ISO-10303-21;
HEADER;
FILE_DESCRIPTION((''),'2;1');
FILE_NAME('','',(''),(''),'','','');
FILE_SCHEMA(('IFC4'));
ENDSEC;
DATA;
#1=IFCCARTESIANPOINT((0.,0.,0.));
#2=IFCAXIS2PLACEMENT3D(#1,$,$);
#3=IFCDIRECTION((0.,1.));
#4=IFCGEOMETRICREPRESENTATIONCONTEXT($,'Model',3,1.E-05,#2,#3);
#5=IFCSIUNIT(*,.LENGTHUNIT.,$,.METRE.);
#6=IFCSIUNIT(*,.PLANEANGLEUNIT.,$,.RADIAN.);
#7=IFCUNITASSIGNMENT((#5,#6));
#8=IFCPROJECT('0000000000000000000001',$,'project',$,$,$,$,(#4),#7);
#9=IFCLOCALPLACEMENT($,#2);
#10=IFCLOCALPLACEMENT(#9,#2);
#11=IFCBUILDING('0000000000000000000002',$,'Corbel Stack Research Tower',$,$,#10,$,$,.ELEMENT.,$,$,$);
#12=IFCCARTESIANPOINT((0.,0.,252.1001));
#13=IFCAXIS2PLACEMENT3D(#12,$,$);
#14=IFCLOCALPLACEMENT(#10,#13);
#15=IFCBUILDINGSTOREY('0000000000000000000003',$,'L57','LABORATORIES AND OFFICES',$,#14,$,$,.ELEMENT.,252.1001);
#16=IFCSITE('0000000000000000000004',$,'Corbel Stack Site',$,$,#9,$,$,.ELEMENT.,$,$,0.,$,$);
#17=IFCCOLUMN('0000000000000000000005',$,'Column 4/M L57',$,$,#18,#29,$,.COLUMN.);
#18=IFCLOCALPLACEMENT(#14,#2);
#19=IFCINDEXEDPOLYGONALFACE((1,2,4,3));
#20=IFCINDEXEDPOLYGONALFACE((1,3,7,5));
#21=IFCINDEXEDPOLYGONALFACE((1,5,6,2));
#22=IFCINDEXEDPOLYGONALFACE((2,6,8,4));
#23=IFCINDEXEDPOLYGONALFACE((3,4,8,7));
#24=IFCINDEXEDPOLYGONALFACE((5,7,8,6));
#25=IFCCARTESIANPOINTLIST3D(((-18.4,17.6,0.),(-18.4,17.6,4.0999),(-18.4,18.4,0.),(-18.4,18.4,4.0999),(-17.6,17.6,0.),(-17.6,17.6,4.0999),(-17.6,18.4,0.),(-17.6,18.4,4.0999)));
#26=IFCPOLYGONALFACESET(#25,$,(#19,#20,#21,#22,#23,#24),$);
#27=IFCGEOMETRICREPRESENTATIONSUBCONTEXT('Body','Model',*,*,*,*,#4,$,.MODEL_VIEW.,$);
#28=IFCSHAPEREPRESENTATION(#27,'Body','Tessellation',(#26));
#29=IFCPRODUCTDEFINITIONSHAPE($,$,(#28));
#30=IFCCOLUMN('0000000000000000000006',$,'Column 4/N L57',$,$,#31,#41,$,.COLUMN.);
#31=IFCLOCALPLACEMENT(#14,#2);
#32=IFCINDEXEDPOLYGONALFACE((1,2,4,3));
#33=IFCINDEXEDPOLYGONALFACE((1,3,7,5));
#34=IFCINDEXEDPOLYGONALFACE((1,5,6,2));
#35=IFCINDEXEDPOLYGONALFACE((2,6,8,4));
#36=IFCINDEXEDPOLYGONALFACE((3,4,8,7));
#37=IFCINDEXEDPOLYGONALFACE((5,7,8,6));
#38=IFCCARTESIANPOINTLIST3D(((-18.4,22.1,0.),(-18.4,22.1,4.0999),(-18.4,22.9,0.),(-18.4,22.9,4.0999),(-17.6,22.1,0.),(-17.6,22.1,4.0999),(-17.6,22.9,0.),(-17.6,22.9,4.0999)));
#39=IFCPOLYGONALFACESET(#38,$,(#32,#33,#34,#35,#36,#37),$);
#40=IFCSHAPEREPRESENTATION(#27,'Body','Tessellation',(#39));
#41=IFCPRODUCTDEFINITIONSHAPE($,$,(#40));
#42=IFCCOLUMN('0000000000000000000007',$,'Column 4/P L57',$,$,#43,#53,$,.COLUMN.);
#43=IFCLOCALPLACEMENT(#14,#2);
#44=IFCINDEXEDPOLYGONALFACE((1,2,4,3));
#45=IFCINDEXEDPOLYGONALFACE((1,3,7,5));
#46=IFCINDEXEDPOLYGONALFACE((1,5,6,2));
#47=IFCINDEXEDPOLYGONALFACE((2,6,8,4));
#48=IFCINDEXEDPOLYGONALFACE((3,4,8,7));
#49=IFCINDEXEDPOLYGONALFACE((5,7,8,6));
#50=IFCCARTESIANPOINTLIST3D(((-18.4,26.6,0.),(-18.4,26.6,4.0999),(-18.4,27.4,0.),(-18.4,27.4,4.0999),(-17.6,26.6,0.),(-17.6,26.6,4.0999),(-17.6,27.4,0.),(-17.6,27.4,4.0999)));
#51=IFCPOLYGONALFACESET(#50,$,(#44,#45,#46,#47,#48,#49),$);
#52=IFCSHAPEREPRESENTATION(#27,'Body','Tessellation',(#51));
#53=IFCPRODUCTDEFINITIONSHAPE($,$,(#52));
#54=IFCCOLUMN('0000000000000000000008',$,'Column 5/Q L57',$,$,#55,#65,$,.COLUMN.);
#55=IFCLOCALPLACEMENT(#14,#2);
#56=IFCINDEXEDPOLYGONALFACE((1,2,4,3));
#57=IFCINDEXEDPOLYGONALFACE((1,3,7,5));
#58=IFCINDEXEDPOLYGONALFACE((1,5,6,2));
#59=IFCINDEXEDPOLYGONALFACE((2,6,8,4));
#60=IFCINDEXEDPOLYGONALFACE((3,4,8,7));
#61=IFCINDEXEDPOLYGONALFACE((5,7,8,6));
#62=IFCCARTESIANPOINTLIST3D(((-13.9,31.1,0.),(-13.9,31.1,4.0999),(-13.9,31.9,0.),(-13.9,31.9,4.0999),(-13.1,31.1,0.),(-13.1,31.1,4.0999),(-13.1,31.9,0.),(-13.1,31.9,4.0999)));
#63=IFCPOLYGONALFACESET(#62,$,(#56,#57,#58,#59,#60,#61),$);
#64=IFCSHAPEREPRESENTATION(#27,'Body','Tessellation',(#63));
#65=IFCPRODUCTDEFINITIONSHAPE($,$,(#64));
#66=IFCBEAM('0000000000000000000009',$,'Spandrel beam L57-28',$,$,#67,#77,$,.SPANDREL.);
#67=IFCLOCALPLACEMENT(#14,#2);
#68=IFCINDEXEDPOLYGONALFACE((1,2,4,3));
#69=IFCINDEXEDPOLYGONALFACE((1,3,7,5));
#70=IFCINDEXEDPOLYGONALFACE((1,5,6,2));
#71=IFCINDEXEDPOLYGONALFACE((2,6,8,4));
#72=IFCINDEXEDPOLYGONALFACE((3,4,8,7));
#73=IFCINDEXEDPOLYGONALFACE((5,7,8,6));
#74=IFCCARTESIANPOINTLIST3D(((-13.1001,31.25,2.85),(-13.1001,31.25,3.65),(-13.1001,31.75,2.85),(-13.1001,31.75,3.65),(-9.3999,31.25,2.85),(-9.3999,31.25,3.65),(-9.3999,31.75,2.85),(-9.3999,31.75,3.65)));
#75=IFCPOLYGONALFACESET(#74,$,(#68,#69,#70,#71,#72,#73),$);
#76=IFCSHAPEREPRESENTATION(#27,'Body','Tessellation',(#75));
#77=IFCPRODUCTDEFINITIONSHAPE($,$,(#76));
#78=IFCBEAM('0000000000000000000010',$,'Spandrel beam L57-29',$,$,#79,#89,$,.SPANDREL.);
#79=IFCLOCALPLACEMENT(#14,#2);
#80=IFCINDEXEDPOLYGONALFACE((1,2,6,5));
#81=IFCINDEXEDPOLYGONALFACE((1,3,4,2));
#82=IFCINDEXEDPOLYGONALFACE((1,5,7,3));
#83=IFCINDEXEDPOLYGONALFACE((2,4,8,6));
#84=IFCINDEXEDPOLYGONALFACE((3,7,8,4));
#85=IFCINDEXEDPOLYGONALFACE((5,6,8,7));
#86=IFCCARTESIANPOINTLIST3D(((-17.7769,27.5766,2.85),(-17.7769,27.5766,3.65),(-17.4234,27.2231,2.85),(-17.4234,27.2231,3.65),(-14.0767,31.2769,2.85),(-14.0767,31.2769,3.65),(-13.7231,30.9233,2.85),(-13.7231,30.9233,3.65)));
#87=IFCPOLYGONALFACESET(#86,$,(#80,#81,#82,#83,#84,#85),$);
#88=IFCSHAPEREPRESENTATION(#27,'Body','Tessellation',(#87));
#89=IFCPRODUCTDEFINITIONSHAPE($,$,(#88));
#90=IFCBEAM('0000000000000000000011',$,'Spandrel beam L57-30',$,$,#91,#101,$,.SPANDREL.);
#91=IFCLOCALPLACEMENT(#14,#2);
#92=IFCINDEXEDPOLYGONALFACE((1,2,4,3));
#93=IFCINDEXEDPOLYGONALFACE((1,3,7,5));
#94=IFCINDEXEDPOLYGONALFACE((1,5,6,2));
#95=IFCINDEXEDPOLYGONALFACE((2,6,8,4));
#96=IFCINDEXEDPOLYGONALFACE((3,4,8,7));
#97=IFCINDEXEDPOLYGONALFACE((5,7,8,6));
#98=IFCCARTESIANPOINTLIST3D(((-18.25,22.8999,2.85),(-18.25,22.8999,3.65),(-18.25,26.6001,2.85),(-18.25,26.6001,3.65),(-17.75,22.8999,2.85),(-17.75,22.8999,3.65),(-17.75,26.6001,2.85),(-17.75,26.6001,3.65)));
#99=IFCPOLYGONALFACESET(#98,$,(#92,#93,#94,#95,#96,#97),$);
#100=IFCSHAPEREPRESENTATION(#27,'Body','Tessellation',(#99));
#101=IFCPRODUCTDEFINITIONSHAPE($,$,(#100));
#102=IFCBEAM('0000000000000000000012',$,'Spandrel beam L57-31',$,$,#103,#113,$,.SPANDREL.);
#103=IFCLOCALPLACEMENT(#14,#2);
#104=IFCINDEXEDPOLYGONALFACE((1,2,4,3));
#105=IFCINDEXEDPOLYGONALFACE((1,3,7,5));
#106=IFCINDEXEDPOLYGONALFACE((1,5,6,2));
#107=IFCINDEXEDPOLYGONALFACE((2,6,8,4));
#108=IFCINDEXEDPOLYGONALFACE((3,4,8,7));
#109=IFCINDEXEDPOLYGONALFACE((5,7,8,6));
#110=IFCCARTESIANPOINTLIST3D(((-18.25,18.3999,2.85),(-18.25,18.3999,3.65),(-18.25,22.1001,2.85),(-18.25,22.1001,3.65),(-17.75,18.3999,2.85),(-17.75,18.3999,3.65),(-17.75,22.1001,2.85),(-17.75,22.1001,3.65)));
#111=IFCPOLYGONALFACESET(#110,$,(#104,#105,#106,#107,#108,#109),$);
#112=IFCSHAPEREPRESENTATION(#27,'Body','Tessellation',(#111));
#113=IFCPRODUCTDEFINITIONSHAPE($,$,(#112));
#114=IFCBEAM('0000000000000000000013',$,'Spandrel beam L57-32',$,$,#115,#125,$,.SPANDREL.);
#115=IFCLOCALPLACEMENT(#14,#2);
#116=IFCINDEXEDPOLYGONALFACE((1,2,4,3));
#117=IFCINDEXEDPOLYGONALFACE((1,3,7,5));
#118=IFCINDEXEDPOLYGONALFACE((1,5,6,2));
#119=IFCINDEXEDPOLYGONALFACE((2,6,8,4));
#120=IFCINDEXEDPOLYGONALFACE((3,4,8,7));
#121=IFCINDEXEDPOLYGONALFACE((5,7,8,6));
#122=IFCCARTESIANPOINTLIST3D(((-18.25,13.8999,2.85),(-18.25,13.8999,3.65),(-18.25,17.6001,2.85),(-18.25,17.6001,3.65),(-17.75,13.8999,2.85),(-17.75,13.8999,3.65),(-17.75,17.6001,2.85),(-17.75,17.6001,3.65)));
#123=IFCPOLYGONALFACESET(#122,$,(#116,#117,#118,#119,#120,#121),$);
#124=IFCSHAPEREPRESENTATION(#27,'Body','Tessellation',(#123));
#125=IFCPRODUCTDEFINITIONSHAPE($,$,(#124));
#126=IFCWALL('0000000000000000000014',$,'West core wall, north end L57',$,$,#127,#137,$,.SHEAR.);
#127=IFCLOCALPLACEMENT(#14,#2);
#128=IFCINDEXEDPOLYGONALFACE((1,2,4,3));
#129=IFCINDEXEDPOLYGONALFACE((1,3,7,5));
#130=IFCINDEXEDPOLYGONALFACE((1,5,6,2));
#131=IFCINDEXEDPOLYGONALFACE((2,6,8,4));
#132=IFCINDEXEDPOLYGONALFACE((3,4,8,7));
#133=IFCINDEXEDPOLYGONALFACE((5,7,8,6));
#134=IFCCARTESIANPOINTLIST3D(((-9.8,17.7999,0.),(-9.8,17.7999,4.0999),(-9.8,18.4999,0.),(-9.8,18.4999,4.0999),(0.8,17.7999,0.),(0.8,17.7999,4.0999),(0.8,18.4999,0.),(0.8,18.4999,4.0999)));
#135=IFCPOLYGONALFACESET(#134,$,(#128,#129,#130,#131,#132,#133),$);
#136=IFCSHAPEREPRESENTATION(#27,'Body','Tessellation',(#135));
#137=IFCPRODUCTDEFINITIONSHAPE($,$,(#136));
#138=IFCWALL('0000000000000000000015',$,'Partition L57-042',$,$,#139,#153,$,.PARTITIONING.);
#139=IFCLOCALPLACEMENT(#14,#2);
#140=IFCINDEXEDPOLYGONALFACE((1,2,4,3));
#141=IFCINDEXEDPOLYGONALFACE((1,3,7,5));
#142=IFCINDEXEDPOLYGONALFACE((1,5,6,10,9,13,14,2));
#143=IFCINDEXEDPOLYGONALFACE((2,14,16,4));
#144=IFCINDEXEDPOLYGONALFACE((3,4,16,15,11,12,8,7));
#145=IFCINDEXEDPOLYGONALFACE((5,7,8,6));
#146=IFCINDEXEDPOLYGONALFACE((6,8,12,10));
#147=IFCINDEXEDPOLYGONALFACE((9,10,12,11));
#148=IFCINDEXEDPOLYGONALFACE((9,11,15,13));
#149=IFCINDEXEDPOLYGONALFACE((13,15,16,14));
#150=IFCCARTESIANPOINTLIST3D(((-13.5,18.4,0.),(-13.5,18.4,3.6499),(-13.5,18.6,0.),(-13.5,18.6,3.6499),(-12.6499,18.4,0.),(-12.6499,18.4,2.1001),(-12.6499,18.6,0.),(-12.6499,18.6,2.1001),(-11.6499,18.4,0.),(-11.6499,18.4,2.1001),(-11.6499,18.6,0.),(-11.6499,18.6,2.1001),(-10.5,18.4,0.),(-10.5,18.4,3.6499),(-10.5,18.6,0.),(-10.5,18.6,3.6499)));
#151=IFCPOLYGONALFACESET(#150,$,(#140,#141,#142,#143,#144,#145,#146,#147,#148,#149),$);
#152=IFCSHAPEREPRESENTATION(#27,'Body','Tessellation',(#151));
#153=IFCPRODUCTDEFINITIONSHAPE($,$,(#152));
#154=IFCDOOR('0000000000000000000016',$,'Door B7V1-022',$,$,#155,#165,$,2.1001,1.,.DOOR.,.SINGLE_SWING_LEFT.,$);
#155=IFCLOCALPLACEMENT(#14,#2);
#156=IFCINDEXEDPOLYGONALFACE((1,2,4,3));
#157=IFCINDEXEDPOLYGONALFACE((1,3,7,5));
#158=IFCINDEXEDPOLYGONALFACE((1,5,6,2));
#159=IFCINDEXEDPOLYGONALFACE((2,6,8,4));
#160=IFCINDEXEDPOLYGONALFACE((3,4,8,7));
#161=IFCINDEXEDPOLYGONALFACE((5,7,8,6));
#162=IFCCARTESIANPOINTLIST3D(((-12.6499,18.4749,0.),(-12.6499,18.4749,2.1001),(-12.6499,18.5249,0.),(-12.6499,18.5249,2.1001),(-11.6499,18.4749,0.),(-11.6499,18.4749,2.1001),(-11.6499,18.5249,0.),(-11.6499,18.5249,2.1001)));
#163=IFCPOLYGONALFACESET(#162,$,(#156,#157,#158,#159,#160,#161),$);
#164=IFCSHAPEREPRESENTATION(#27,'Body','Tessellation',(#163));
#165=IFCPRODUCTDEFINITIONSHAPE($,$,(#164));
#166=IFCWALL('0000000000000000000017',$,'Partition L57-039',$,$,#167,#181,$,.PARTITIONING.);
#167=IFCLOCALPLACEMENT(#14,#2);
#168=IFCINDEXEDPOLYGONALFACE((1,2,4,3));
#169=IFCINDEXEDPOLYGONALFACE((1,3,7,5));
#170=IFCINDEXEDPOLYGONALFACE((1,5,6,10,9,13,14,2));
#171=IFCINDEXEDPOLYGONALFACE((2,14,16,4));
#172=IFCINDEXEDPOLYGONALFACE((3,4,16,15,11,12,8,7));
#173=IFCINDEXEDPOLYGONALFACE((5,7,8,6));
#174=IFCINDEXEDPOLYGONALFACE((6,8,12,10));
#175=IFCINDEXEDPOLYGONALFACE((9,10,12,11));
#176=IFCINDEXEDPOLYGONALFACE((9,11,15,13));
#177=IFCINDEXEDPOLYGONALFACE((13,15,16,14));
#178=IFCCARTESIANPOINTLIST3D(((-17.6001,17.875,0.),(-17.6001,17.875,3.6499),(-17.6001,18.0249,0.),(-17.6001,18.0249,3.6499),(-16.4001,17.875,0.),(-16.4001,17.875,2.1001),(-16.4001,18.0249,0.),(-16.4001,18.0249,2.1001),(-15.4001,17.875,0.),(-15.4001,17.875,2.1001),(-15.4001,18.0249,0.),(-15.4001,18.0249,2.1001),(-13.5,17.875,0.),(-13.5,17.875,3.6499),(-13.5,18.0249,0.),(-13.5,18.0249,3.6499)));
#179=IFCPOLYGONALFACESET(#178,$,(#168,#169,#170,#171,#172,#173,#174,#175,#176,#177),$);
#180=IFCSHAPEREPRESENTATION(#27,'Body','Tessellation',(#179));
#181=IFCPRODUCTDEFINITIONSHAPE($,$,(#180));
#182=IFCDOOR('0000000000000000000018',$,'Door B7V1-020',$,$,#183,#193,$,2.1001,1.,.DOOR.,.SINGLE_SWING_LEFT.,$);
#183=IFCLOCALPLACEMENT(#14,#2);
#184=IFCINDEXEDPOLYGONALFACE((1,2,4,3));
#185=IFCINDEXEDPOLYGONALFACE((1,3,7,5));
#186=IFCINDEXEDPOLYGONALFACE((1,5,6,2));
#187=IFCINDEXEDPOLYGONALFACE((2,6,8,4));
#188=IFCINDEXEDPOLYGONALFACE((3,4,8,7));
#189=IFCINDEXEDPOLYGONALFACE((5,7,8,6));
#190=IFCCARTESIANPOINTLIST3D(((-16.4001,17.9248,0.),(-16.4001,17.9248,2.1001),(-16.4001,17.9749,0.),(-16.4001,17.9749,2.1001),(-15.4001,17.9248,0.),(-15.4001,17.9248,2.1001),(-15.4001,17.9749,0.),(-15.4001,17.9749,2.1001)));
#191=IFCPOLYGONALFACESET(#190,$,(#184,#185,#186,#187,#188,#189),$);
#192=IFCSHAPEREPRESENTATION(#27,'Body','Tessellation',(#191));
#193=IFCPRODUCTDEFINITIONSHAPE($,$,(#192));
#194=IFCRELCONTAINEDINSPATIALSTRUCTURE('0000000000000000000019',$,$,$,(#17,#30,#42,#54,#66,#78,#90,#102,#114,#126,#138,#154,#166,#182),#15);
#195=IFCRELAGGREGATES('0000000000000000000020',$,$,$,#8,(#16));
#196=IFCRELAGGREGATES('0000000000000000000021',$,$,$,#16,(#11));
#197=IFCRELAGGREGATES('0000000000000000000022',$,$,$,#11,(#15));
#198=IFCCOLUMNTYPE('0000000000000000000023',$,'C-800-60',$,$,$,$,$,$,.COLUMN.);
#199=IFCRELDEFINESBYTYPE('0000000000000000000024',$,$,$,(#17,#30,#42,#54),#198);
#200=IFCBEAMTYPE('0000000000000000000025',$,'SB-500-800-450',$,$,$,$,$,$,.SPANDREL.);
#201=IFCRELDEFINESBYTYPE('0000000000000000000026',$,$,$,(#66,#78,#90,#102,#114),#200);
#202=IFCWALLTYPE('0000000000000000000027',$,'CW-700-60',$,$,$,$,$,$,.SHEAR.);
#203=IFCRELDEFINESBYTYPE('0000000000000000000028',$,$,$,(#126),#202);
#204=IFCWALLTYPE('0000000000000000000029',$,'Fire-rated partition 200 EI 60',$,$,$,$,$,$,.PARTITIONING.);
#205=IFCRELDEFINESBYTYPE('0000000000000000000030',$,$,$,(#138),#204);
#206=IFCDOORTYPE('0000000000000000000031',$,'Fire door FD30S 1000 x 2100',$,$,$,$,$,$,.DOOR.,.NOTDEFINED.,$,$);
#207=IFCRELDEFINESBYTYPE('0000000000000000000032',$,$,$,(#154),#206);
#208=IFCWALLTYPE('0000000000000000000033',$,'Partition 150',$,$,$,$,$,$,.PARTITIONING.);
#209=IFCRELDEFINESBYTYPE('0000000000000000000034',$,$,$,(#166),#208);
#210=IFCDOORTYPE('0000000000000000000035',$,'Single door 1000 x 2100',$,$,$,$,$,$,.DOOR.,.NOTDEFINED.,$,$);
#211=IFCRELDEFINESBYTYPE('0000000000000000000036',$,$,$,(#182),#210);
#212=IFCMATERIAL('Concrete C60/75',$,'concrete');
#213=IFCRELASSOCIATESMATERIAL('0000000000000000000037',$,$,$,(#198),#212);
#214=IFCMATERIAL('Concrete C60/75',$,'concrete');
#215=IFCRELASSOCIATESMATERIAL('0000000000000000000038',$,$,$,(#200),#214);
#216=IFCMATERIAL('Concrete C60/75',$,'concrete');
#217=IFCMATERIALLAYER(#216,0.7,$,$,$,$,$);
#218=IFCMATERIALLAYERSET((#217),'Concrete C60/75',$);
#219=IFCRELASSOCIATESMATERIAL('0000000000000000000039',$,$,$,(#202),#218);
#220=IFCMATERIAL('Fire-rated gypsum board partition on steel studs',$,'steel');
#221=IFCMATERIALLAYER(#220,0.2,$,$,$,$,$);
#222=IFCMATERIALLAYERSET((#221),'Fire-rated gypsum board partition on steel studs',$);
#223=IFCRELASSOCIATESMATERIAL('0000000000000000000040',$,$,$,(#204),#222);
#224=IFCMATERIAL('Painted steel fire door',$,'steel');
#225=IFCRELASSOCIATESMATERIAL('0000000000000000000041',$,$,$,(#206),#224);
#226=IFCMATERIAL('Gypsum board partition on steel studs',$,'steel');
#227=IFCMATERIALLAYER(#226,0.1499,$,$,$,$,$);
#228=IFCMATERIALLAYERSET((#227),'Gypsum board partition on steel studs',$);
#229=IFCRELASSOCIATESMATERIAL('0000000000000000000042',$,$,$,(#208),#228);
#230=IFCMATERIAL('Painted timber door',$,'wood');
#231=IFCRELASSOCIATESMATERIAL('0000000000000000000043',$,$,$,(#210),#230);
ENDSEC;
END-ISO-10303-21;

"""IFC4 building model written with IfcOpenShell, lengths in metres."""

from ifc_helpers import new_model, si_unit, direction, frame, frame_2d, origin, origin_2d, place, context, subcontext, project, spatial, rectangle, extrude, material, layer, layer_set, material_profile, profile_set, type_object, element, fill, save


model = new_model("IFC4")

# Units and contexts
model_context = context("Model", 3, precision=1e-05, world=origin(), true_north=direction((0.0, 1.0)))
body_context = subcontext(model_context, "Body", "Model", "MODEL_VIEW")
ifc_project = project(units=[si_unit("LENGTHUNIT", "METRE"), si_unit("PLANEANGLEUNIT", "RADIAN")], contexts=[model_context])

# Site, building, storey
site_placement = place(None, origin())
site = spatial("IfcSite", under=ifc_project, at=site_placement, Name="Corbel Stack Site", CompositionType="ELEMENT", RefElevation=0.0)
building_placement = place(site_placement, origin())
building = spatial("IfcBuilding", under=site, at=building_placement, Name="Corbel Stack Research Tower", CompositionType="ELEMENT")
storey_placement = place(building_placement, frame((0.0, 0.0, 252.1001)))
storey = spatial("IfcBuildingStorey", under=building, at=storey_placement, Name="L57", Description="LABORATORIES AND OFFICES", CompositionType="ELEMENT", Elevation=252.1001)

# Columns
ifc_material_1 = material(Name="Concrete C60/75", Category="concrete")
ifc_material_profile_1 = material_profile(ifc_material_1, rectangle(XDim=0.8, YDim=0.8, at=origin_2d()), Name="RC 800 x 800")
ifc_profile_set_1 = profile_set([ifc_material_profile_1], Name="Concrete C60/75")
column_type = type_object("IfcColumnType", Name="C-800-60", PredefinedType="COLUMN", material=ifc_profile_set_1)
for number, where, z_axis, x_axis, name in (
    (1, (-18.0, 18.0, 0.0), (0.0, 0.0, 1.0), (1.0, 0.0, 0.0), "Column 4/M L57"),
    (2, (-18.0, 22.5, 0.0), (0.0, 0.0, 1.0), (1.0, 0.0, 0.0), "Column 4/N L57"),
    (3, (-18.0, 27.0, 0.0), (0.0, 0.0, 1.0), (1.0, 0.0, 0.0), "Column 4/P L57"),
    (4, (-13.5, 31.5, 0.0), (0.0, 0.0, 1.0), (1.0, 0.0, 0.0), "Column 5/Q L57"),
):
    element("IfcColumn", number, at=place(storey_placement, frame(where, z_axis=z_axis, x_axis=x_axis)), inside=storey, type_object=column_type, Name=name, PredefinedType="COLUMN", context=body_context, shape_type="SweptSolid", body=[
        extrude(rectangle(XDim=0.8, YDim=0.8, at=origin_2d()), origin(), (0.0, 0.0, 1.0), 4.0999),
    ])

# Beams
ifc_material_2 = material(Name="Concrete C60/75", Category="concrete")
ifc_material_profile_2 = material_profile(ifc_material_2, rectangle(XDim=0.5, YDim=0.8, at=origin_2d()), Name="RC 500 x 800")
ifc_profile_set_2 = profile_set([ifc_material_profile_2], Name="Concrete C60/75")
beam_type = type_object("IfcBeamType", Name="SB-500-800-450", PredefinedType="SPANDREL", material=ifc_profile_set_2)
beam_1_placement = place(storey_placement, frame((-9.3999, 31.5, 3.25), z_axis=(-1.0, 0.0, 0.0), x_axis=(0.0, -1.0, 0.0)))
element("IfcBeam", 5, at=beam_1_placement, inside=storey, type_object=beam_type, Name="Spandrel beam L57-28", PredefinedType="SPANDREL", context=body_context, shape_type="SweptSolid", body=[
    extrude(rectangle(XDim=0.5, YDim=0.8, at=origin_2d()), origin(), (0.0, 0.0, 1.0), 3.7002),
])
beam_2_placement = place(storey_placement, frame((-13.8999, 31.1001, 3.25), z_axis=(-0.707107, -0.707107, 0.0), x_axis=(0.707107, -0.707107, 0.0)))
element("IfcBeam", 6, at=beam_2_placement, inside=storey, type_object=beam_type, Name="Spandrel beam L57-29", PredefinedType="SPANDREL", context=body_context, shape_type="SweptSolid", body=[
    extrude(rectangle(XDim=0.5, YDim=0.8, at=origin_2d()), origin(), (0.0, 0.0, 1.0), 5.2329),
])
for number, where, z_axis, x_axis, name in (
    (7, (-18.0, 26.6001, 3.25), (0.0, -1.0, 0.0), (1.0, 0.0, 0.0), "Spandrel beam L57-30"),
    (8, (-18.0, 22.1001, 3.25), (0.0, -1.0, 0.0), (1.0, 0.0, 0.0), "Spandrel beam L57-31"),
    (9, (-18.0, 17.6001, 3.25), (0.0, -1.0, 0.0), (1.0, 0.0, 0.0), "Spandrel beam L57-32"),
):
    element("IfcBeam", number, at=place(storey_placement, frame(where, z_axis=z_axis, x_axis=x_axis)), inside=storey, type_object=beam_type, Name=name, PredefinedType="SPANDREL", context=body_context, shape_type="SweptSolid", body=[
        extrude(rectangle(XDim=0.5, YDim=0.8, at=origin_2d()), origin(), (0.0, 0.0, 1.0), 3.7002),
    ])

# Wall
ifc_material_3 = material(Name="Concrete C60/75", Category="concrete")
ifc_layer_1 = layer(ifc_material_3, 0.7)
ifc_layer_set_1 = layer_set([ifc_layer_1], Name="Concrete C60/75")
wall_type_1 = type_object("IfcWallType", Name="CW-700-60", PredefinedType="SHEAR", material=ifc_layer_set_1)
wall_1_placement = place(storey_placement, frame((-9.8, 18.1499, 0.0), z_axis=(0.0, 0.0, 1.0), x_axis=(1.0, 0.0, 0.0)))
element("IfcWall", 10, at=wall_1_placement, inside=storey, type_object=wall_type_1, Name="West core wall, north end L57", PredefinedType="SHEAR", context=body_context, shape_type="SweptSolid", body=[
    extrude(rectangle(XDim=10.6001, YDim=0.7, at=frame_2d((5.3, 0.0))), origin(), (0.0, 0.0, 1.0), 4.0999),
])

# Walls, openings, doors
ifc_material_4 = material(Name="Fire-rated gypsum board partition on steel studs", Category="steel")
ifc_layer_2 = layer(ifc_material_4, 0.2)
ifc_layer_set_2 = layer_set([ifc_layer_2], Name="Fire-rated gypsum board partition on steel studs")
wall_type_2 = type_object("IfcWallType", Name="Fire-rated partition 200 EI 60", PredefinedType="PARTITIONING", material=ifc_layer_set_2)
wall_2_placement = place(storey_placement, frame((-13.5, 18.5, 0.0), z_axis=(0.0, 0.0, 1.0), x_axis=(1.0, 0.0, 0.0)))
wall_2 = element("IfcWall", 11, at=wall_2_placement, inside=storey, type_object=wall_type_2, Name="Partition L57-042", PredefinedType="PARTITIONING", context=body_context, shape_type="SweptSolid", body=[
    extrude(rectangle(XDim=3.0, YDim=0.2, at=frame_2d((1.5, 0.0))), origin(), (0.0, 0.0, 1.0), 3.6499),
])
opening_1_placement = place(wall_2_placement, frame((0.8501, 0.0, 0.0)))
opening_1 = element("IfcOpeningElement", 12, at=opening_1_placement, cuts=wall_2, PredefinedType="OPENING", context=body_context, shape_type="SweptSolid", body=[
    extrude(rectangle(XDim=1.0, YDim=2.1001, at=frame_2d((0.5, 1.05))), frame((0.0, 0.1099, 0.0), z_axis=(0.0, -1.0, 0.0), x_axis=(1.0, 0.0, 0.0)), (0.0, 0.0, 1.0), 0.22),
])
ifc_material_5 = material(Name="Painted steel fire door", Category="steel")
door_type_1 = type_object("IfcDoorType", Name="Fire door FD30S 1000 x 2100", OperationType="NOTDEFINED", PredefinedType="DOOR", material=ifc_material_5)
door_1_placement = place(opening_1_placement, origin())
door_1 = element("IfcDoor", 13, at=door_1_placement, inside=storey, type_object=door_type_1, Name="Door B7V1-022", OperationType="SINGLE_SWING_LEFT", OverallHeight=2.1001, OverallWidth=1.0, PredefinedType="DOOR", context=body_context, shape_type="SweptSolid", body=[
    extrude(rectangle(XDim=1.0, YDim=2.1001, at=frame_2d((0.5, 1.05))), frame((0.0, 0.0249, 0.0), z_axis=(0.0, -1.0, 0.0), x_axis=(1.0, 0.0, 0.0)), (0.0, 0.0, 1.0), 0.05),
])
fill(opening_1, door_1)
ifc_material_6 = material(Name="Gypsum board partition on steel studs", Category="steel")
ifc_layer_3 = layer(ifc_material_6, 0.1499)
ifc_layer_set_3 = layer_set([ifc_layer_3], Name="Gypsum board partition on steel studs")
wall_type_3 = type_object("IfcWallType", Name="Partition 150", PredefinedType="PARTITIONING", material=ifc_layer_set_3)
wall_3_placement = place(storey_placement, frame((-17.6001, 17.95, 0.0), z_axis=(0.0, 0.0, 1.0), x_axis=(1.0, 0.0, 0.0)))
wall_3 = element("IfcWall", 14, at=wall_3_placement, inside=storey, type_object=wall_type_3, Name="Partition L57-039", PredefinedType="PARTITIONING", context=body_context, shape_type="SweptSolid", body=[
    extrude(rectangle(XDim=4.1001, YDim=0.1499, at=frame_2d((2.05, 0.0))), origin(), (0.0, 0.0, 1.0), 3.6499),
])
opening_2_placement = place(wall_3_placement, frame((1.2, 0.0, 0.0)))
opening_2 = element("IfcOpeningElement", 15, at=opening_2_placement, cuts=wall_3, PredefinedType="OPENING", context=body_context, shape_type="SweptSolid", body=[
    extrude(rectangle(XDim=1.0, YDim=2.1001, at=frame_2d((0.5, 1.05))), frame((0.0, 0.085, 0.0), z_axis=(0.0, -1.0, 0.0), x_axis=(1.0, 0.0, 0.0)), (0.0, 0.0, 1.0), 0.1699),
])
ifc_material_7 = material(Name="Painted timber door", Category="wood")
door_type_2 = type_object("IfcDoorType", Name="Single door 1000 x 2100", OperationType="NOTDEFINED", PredefinedType="DOOR", material=ifc_material_7)
door_2_placement = place(opening_2_placement, origin())
door_2 = element("IfcDoor", 16, at=door_2_placement, inside=storey, type_object=door_type_2, Name="Door B7V1-020", OperationType="SINGLE_SWING_LEFT", OverallHeight=2.1001, OverallWidth=1.0, PredefinedType="DOOR", context=body_context, shape_type="SweptSolid", body=[
    extrude(rectangle(XDim=1.0, YDim=2.1001, at=frame_2d((0.5, 1.05))), frame((0.0, 0.0249, 0.0), z_axis=(0.0, -1.0, 0.0), x_axis=(1.0, 0.0, 0.0)), (0.0, 0.0, 1.0), 0.05),
])
fill(opening_2, door_2)

save(model, "model.ifc")
